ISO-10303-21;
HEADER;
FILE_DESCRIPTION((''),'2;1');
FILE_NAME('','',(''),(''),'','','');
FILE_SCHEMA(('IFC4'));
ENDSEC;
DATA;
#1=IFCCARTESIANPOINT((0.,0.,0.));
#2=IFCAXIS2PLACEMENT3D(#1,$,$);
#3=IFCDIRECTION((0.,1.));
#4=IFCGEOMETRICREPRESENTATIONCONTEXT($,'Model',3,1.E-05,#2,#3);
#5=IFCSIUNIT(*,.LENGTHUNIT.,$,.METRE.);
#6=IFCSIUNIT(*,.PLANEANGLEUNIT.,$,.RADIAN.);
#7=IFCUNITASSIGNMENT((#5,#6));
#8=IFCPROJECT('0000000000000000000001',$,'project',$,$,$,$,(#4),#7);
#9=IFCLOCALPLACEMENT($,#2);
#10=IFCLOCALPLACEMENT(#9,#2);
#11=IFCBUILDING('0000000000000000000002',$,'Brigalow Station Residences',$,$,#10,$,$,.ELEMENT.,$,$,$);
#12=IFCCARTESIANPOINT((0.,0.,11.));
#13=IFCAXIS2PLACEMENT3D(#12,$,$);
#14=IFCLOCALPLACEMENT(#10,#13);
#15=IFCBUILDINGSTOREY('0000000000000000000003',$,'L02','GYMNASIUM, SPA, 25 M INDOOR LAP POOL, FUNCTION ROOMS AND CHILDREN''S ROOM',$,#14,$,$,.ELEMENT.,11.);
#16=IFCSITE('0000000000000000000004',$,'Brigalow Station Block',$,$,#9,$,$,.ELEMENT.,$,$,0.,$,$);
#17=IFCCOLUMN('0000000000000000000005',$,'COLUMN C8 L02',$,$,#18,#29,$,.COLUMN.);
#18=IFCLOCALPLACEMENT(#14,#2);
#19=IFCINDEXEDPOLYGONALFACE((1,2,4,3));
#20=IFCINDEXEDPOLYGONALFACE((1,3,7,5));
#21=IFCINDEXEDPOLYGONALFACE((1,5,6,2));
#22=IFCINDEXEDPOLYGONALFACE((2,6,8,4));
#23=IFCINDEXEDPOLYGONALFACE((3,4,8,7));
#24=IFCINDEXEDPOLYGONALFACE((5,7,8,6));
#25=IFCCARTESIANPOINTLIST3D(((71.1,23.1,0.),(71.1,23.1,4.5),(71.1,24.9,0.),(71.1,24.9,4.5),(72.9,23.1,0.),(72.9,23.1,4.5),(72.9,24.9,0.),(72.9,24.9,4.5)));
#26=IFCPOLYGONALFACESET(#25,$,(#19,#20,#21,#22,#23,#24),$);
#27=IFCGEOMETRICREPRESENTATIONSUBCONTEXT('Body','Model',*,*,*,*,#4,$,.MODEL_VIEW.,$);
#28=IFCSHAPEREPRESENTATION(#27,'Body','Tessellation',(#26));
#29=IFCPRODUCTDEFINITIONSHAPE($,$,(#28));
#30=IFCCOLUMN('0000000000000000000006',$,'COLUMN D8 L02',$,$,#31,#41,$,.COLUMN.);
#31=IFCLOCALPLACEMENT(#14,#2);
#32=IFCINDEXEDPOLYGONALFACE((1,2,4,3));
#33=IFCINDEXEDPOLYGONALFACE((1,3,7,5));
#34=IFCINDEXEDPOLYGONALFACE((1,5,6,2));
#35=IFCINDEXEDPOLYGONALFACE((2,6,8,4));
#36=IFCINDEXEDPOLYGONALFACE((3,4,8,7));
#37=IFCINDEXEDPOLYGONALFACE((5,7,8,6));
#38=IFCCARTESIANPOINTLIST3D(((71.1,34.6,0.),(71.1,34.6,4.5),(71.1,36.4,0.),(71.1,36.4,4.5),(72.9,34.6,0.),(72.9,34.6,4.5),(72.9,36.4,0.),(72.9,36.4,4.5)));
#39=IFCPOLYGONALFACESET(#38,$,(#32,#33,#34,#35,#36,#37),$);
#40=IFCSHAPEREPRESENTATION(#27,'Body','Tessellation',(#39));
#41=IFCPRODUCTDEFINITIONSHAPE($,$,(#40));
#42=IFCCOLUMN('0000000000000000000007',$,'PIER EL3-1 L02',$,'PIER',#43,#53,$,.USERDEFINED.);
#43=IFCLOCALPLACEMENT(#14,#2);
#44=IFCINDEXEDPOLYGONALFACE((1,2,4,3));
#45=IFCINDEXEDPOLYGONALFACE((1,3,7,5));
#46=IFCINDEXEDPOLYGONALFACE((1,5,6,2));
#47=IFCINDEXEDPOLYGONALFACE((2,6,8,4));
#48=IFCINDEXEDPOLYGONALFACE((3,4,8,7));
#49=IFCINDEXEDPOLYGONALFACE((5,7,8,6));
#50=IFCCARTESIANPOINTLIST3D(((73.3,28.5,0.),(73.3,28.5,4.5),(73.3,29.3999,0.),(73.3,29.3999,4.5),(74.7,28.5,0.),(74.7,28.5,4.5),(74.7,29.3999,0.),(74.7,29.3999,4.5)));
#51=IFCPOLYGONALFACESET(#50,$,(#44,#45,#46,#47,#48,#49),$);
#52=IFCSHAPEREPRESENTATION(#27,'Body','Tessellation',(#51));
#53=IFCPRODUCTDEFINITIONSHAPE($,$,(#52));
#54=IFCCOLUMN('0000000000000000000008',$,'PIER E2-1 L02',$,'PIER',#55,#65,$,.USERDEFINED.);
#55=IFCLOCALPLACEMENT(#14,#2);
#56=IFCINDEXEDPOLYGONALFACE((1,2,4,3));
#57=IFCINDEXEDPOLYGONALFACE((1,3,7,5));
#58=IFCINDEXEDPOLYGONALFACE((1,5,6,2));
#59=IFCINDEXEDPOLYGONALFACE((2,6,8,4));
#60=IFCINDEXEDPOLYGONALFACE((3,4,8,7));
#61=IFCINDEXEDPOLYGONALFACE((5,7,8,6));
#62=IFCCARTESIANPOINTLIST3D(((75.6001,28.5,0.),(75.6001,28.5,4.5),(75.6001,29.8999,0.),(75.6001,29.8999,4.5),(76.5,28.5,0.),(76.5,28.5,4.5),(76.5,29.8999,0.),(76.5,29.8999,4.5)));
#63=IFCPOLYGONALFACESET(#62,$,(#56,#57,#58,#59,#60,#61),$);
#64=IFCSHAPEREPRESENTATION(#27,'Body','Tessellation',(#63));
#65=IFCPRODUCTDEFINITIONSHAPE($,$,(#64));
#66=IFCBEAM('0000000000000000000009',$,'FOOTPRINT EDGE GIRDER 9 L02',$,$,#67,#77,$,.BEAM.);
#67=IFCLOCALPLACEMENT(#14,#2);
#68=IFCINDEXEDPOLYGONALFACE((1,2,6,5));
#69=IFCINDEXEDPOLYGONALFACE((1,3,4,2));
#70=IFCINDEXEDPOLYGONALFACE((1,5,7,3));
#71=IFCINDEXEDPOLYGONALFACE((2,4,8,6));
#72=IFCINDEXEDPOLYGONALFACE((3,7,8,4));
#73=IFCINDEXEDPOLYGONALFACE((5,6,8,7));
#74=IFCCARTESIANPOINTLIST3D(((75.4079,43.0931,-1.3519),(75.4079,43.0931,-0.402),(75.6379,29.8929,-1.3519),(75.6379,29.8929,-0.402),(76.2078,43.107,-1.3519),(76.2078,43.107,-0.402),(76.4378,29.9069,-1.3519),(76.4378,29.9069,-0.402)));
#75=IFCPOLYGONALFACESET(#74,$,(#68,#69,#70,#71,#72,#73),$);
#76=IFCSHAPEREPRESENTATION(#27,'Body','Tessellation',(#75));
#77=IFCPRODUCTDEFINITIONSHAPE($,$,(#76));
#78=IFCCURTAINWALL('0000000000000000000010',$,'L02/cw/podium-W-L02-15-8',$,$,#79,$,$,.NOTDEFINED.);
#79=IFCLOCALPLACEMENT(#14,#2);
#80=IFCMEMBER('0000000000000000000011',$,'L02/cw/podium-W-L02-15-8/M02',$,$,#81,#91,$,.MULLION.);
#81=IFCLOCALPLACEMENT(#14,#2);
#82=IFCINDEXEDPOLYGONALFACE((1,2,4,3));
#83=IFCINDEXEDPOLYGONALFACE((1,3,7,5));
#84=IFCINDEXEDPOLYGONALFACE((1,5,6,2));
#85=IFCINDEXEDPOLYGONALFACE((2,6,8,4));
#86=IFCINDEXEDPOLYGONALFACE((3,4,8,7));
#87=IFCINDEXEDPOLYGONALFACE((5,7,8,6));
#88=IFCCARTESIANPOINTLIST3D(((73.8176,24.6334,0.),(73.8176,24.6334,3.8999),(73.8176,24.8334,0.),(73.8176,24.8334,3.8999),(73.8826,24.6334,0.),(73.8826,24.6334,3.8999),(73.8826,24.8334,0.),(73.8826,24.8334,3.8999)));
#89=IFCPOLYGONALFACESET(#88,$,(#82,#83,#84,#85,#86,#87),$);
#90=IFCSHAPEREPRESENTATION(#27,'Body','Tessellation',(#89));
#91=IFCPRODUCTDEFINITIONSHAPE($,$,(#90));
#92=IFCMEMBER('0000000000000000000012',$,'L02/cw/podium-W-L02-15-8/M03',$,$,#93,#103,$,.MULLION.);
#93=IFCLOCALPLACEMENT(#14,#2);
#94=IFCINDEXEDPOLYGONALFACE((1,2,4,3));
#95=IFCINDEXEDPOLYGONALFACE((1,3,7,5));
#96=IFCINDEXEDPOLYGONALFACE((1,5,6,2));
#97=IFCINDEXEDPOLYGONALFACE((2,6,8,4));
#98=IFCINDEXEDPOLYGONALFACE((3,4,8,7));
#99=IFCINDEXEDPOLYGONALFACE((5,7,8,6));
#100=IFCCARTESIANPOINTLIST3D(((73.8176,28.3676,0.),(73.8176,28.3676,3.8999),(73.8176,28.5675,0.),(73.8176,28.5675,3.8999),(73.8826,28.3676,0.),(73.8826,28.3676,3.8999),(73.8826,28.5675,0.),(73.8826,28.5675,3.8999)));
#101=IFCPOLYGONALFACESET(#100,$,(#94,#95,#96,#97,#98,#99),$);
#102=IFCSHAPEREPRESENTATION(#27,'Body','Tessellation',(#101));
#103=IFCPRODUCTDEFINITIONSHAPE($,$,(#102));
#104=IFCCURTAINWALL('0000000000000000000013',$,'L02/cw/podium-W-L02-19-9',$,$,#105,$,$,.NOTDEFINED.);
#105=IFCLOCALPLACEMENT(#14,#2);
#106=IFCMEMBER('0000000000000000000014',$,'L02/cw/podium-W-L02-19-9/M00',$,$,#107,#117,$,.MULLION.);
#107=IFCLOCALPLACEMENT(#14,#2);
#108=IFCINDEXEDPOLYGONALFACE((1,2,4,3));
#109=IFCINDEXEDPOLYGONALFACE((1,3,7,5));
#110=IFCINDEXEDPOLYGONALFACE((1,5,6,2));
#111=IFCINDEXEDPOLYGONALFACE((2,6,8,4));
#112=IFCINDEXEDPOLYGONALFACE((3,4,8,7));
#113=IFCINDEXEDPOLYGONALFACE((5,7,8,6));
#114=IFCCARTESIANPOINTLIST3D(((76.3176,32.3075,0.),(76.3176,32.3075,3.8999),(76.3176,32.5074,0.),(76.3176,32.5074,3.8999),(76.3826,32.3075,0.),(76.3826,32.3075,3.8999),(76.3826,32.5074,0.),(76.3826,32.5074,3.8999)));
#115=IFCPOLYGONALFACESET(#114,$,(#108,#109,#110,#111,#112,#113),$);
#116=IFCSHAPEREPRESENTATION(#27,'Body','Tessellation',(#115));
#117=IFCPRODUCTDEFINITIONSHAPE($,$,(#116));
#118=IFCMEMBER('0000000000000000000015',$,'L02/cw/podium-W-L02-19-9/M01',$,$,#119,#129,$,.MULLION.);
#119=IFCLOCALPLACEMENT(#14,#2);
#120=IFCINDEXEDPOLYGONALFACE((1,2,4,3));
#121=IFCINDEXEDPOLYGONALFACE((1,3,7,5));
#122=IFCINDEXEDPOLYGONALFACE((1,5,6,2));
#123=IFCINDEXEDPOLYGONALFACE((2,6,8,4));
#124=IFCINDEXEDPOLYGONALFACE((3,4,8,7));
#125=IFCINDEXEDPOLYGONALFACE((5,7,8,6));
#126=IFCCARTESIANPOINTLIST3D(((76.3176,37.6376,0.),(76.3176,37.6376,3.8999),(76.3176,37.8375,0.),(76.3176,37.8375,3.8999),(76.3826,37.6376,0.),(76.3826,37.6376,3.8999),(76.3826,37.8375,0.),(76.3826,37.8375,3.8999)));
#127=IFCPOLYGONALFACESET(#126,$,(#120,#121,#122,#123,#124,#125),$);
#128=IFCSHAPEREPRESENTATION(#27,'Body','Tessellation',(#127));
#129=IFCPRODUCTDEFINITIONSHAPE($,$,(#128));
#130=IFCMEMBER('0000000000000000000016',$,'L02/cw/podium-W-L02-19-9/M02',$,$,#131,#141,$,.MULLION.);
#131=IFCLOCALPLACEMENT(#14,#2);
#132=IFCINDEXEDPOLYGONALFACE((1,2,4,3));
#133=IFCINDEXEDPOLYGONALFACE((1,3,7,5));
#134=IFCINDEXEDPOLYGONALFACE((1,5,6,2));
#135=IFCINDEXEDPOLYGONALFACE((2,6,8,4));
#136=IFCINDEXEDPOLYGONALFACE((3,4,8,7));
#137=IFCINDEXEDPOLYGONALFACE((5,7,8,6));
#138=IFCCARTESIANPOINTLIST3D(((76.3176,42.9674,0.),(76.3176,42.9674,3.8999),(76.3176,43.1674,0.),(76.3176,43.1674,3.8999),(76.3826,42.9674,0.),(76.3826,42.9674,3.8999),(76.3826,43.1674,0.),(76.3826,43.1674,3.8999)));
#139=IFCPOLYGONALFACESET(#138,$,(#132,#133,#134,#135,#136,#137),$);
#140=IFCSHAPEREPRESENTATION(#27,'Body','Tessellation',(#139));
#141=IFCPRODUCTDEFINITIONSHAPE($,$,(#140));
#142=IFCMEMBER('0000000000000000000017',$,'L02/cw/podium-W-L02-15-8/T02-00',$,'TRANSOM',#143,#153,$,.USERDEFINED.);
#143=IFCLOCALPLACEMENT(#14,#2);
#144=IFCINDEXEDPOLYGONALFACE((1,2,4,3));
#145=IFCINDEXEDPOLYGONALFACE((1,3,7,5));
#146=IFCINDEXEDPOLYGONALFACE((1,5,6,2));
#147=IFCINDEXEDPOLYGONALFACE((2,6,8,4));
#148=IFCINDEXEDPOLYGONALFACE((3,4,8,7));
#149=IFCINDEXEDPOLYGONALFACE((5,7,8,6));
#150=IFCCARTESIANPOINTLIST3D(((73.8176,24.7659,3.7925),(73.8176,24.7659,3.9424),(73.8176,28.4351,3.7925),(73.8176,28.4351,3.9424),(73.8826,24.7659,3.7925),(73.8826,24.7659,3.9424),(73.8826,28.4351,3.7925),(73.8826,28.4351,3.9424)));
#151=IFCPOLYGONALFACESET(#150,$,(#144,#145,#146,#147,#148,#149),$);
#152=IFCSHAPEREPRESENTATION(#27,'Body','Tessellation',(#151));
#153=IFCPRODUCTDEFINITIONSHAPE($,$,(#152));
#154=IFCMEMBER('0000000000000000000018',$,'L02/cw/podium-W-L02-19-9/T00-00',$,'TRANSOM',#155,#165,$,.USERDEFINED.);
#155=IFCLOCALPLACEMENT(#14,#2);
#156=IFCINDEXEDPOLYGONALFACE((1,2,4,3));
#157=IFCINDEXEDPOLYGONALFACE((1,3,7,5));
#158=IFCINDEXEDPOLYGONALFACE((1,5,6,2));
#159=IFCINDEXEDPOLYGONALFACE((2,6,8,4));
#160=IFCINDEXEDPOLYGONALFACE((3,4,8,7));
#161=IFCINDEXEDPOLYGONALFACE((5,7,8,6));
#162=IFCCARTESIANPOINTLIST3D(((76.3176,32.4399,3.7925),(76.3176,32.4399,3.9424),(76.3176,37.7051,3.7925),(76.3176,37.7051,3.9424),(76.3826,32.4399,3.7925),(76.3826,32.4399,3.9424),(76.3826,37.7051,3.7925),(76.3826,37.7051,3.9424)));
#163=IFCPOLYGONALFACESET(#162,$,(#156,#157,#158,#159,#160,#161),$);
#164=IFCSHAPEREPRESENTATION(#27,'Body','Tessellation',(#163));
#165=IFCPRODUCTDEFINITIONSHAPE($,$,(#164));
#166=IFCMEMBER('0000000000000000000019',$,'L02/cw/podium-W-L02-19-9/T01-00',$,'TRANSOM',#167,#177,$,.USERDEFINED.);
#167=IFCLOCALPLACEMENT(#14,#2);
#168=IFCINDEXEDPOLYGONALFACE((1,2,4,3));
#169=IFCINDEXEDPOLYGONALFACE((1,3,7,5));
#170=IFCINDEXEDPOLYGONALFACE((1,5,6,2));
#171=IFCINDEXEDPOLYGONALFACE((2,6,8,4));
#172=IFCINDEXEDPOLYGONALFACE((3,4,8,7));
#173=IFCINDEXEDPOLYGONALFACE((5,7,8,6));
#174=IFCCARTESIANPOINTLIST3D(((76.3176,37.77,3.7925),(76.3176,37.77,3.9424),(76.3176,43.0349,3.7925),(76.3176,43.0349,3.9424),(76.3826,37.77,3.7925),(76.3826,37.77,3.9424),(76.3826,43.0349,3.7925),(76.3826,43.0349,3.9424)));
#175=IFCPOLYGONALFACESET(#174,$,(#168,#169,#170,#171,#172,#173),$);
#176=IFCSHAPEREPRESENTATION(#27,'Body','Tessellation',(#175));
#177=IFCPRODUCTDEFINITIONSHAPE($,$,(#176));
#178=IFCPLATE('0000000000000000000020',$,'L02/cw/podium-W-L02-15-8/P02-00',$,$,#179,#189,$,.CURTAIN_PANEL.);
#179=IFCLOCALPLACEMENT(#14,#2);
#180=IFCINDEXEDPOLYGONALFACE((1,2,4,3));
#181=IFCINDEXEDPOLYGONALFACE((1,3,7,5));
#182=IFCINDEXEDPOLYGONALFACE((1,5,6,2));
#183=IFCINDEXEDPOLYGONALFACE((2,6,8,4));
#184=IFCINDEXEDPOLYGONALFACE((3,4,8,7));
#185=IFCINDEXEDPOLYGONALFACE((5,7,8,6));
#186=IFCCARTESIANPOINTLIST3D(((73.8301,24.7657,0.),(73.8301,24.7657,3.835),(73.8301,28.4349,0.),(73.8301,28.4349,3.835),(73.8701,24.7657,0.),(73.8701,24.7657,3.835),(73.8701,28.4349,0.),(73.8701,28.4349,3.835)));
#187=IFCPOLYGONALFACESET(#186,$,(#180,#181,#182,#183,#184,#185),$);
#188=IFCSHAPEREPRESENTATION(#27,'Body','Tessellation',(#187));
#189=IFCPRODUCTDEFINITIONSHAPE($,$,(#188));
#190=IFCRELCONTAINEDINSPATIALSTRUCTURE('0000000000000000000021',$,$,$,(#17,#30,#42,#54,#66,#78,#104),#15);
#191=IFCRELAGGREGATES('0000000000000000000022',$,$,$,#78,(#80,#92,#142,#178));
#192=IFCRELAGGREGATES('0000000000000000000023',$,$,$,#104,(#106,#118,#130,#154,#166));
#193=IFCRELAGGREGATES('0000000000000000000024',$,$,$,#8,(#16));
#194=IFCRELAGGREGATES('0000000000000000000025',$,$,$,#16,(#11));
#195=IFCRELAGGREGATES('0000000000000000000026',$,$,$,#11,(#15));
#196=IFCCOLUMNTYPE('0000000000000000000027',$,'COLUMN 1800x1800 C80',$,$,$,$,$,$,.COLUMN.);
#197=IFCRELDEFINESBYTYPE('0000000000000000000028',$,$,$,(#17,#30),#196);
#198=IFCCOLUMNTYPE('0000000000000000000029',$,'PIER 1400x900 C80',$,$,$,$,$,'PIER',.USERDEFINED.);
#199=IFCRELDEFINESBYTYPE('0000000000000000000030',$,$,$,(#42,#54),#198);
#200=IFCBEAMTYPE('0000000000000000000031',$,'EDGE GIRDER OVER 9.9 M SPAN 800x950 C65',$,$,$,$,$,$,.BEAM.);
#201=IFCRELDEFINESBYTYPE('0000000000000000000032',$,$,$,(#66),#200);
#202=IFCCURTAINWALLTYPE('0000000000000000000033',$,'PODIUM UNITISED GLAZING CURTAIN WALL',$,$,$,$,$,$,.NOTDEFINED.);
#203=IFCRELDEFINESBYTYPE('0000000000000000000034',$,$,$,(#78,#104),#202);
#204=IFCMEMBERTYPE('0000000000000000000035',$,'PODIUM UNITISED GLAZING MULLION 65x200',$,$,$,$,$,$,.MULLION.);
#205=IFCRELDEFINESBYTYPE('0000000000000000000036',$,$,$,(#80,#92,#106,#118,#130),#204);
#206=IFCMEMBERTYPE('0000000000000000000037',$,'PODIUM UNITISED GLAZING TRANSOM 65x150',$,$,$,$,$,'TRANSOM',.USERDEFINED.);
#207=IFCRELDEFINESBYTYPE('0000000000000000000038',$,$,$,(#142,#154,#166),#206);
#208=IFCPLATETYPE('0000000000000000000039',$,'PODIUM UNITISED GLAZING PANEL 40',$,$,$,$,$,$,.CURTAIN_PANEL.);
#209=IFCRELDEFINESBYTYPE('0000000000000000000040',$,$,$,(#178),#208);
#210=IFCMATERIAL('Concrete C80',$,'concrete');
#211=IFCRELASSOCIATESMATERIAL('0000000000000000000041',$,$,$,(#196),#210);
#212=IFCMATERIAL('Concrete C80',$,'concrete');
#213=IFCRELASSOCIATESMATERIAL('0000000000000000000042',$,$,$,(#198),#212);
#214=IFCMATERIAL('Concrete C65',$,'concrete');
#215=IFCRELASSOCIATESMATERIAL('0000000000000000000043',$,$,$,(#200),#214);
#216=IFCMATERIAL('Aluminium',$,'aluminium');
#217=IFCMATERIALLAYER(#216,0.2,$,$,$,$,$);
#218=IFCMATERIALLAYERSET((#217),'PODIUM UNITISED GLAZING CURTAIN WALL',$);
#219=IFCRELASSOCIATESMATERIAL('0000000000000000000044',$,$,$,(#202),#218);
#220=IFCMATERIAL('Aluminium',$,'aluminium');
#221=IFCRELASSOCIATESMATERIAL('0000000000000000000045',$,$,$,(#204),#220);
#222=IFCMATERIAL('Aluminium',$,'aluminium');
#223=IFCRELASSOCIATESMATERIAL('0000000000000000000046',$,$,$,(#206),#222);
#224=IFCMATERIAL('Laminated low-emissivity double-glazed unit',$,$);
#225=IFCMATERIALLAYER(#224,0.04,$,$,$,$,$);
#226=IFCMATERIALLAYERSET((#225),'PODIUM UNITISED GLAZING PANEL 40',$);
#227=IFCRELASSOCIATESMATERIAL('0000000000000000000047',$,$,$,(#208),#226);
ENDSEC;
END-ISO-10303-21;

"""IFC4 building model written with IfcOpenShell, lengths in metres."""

from ifc_helpers import new_model, si_unit, direction, frame, origin, origin_2d, place, context, subcontext, project, spatial, rectangle, extrude, material, layer, layer_set, material_profile, profile_set, type_object, element, aggregate, save


model = new_model("IFC4")

# Units and contexts
model_context = context("Model", 3, precision=1e-05, world=origin(), true_north=direction((0.0, 1.0)))
body_context = subcontext(model_context, "Body", "Model", "MODEL_VIEW")
ifc_project = project(units=[si_unit("LENGTHUNIT", "METRE"), si_unit("PLANEANGLEUNIT", "RADIAN")], contexts=[model_context])

# Site, building, storey
site_placement = place(None, origin())
site = spatial("IfcSite", under=ifc_project, at=site_placement, Name="Brigalow Station Block", CompositionType="ELEMENT", RefElevation=0.0)
building_placement = place(site_placement, origin())
building = spatial("IfcBuilding", under=site, at=building_placement, Name="Brigalow Station Residences", CompositionType="ELEMENT")
storey_placement = place(building_placement, frame((0.0, 0.0, 11.0)))
storey = spatial("IfcBuildingStorey", under=building, at=storey_placement, Name="L02", Description="GYMNASIUM, SPA, 25 M INDOOR LAP POOL, FUNCTION ROOMS AND CHILDREN'S ROOM", CompositionType="ELEMENT", Elevation=11.0)

# Columns
ifc_material_1 = material(Name="Concrete C80", Category="concrete")
ifc_material_profile_1 = material_profile(ifc_material_1, rectangle(XDim=1.8, YDim=1.8, at=origin_2d()), Name="RC1800x1800")
ifc_profile_set_1 = profile_set([ifc_material_profile_1], Name="Concrete C80")
column_type_1 = type_object("IfcColumnType", Name="COLUMN 1800x1800 C80", PredefinedType="COLUMN", material=ifc_profile_set_1)
for number, where, z_axis, x_axis, name in (
    (1, (72.0, 24.0, 0.0), (0.0, 0.0, 1.0), (1.0, 0.0, 0.0), "COLUMN C8 L02"),
    (2, (72.0, 35.5, 0.0), (0.0, 0.0, 1.0), (1.0, 0.0, 0.0), "COLUMN D8 L02"),
):
    element("IfcColumn", number, at=place(storey_placement, frame(where, z_axis=z_axis, x_axis=x_axis)), inside=storey, type_object=column_type_1, Name=name, PredefinedType="COLUMN", context=body_context, shape_type="SweptSolid", body=[
        extrude(rectangle(XDim=1.8, YDim=1.8, at=origin_2d()), origin(), (0.0, 0.0, 1.0), 4.5),
    ])
ifc_material_2 = material(Name="Concrete C80", Category="concrete")
ifc_material_profile_2 = material_profile(ifc_material_2, rectangle(XDim=1.3999, YDim=0.8999, at=origin_2d()), Name="RC1400x900")
ifc_profile_set_2 = profile_set([ifc_material_profile_2], Name="Concrete C80")
column_type_2 = type_object("IfcColumnType", Name="PIER 1400x900 C80", ElementType="PIER", PredefinedType="USERDEFINED", material=ifc_profile_set_2)
for number, where, z_axis, x_axis, name in (
    (3, (74.0, 28.95, 0.0), (0.0, 0.0, 1.0), (1.0, 0.0, 0.0), "PIER EL3-1 L02"),
    (4, (76.05, 29.2, 0.0), (0.0, 0.0, 1.0), (0.0, 1.0, 0.0), "PIER E2-1 L02"),
):
    element("IfcColumn", number, at=place(storey_placement, frame(where, z_axis=z_axis, x_axis=x_axis)), inside=storey, type_object=column_type_2, Name=name, ObjectType="PIER", PredefinedType="USERDEFINED", context=body_context, shape_type="SweptSolid", body=[
        extrude(rectangle(XDim=1.3999, YDim=0.8999, at=origin_2d()), origin(), (0.0, 0.0, 1.0), 4.5),
    ])

# Beam
ifc_material_3 = material(Name="Concrete C65", Category="concrete")
ifc_material_profile_3 = material_profile(ifc_material_3, rectangle(XDim=0.8, YDim=0.95, at=origin_2d()), Name="RC800x950")
ifc_profile_set_3 = profile_set([ifc_material_profile_3], Name="Concrete C65")
beam_type = type_object("IfcBeamType", Name="EDGE GIRDER OVER 9.9 M SPAN 800x950 C65", PredefinedType="BEAM", material=ifc_profile_set_3)
beam_placement = place(storey_placement, frame((76.0378, 29.8999, -0.877), z_axis=(-0.01742, 0.999848, 0.0), x_axis=(-0.999848, -0.01742, 0.0)))
element("IfcBeam", 5, at=beam_placement, inside=storey, type_object=beam_type, Name="FOOTPRINT EDGE GIRDER 9 L02", PredefinedType="BEAM", context=body_context, shape_type="SweptSolid", body=[
    extrude(rectangle(XDim=0.8, YDim=0.95, at=origin_2d()), origin(), (0.0, 0.0, 1.0), 13.2021),
])

# Curtain walls, members
ifc_material_4 = material(Name="Aluminium", Category="aluminium")
ifc_layer_1 = layer(ifc_material_4, 0.2)
ifc_layer_set_1 = layer_set([ifc_layer_1], Name="PODIUM UNITISED GLAZING CURTAIN WALL")
curtain_wall_type = type_object("IfcCurtainWallType", Name="PODIUM UNITISED GLAZING CURTAIN WALL", PredefinedType="NOTDEFINED", material=ifc_layer_set_1)
curtain_wall_1_placement = place(storey_placement, origin())
curtain_wall_1 = element("IfcCurtainWall", 6, at=curtain_wall_1_placement, inside=storey, type_object=curtain_wall_type, Name="L02/cw/podium-W-L02-15-8", PredefinedType="NOTDEFINED")
ifc_material_5 = material(Name="Aluminium", Category="aluminium")
ifc_material_profile_4 = material_profile(ifc_material_5, rectangle(XDim=0.0649, YDim=0.2, at=origin_2d()), Name="PODIUM UNITISED GLAZING MULLION 65x200")
ifc_profile_set_4 = profile_set([ifc_material_profile_4], Name="Aluminium")
member_type_1 = type_object("IfcMemberType", Name="PODIUM UNITISED GLAZING MULLION 65x200", PredefinedType="MULLION", material=ifc_profile_set_4)
member_1_placement = place(storey_placement, frame((73.8501, 24.7334, 0.0), z_axis=(0.0, 0.0, 1.0), x_axis=(-1.0, 0.0, 0.0)))
member_1 = element("IfcMember", 7, at=member_1_placement, type_object=member_type_1, Name="L02/cw/podium-W-L02-15-8/M02", PredefinedType="MULLION", context=body_context, shape_type="SweptSolid", body=[
    extrude(rectangle(XDim=0.0649, YDim=0.2, at=origin_2d()), origin(), (0.0, 0.0, 1.0), 3.8999),
])
member_2_placement = place(storey_placement, frame((73.8501, 28.4675, 0.0), z_axis=(0.0, 0.0, 1.0), x_axis=(-1.0, 0.0, 0.0)))
member_2 = element("IfcMember", 8, at=member_2_placement, type_object=member_type_1, Name="L02/cw/podium-W-L02-15-8/M03", PredefinedType="MULLION", context=body_context, shape_type="SweptSolid", body=[
    extrude(rectangle(XDim=0.0649, YDim=0.2, at=origin_2d()), origin(), (0.0, 0.0, 1.0), 3.8999),
])
curtain_wall_2_placement = place(storey_placement, origin())
curtain_wall_2 = element("IfcCurtainWall", 9, at=curtain_wall_2_placement, inside=storey, type_object=curtain_wall_type, Name="L02/cw/podium-W-L02-19-9", PredefinedType="NOTDEFINED")
member_3_placement = place(storey_placement, frame((76.3501, 32.4075, 0.0), z_axis=(0.0, 0.0, 1.0), x_axis=(-1.0, 0.0, 0.0)))
member_3 = element("IfcMember", 10, at=member_3_placement, type_object=member_type_1, Name="L02/cw/podium-W-L02-19-9/M00", PredefinedType="MULLION", context=body_context, shape_type="SweptSolid", body=[
    extrude(rectangle(XDim=0.0649, YDim=0.2, at=origin_2d()), origin(), (0.0, 0.0, 1.0), 3.8999),
])
member_4_placement = place(storey_placement, frame((76.3501, 37.7375, 0.0), z_axis=(0.0, 0.0, 1.0), x_axis=(-1.0, 0.0, 0.0)))
member_4 = element("IfcMember", 11, at=member_4_placement, type_object=member_type_1, Name="L02/cw/podium-W-L02-19-9/M01", PredefinedType="MULLION", context=body_context, shape_type="SweptSolid", body=[
    extrude(rectangle(XDim=0.0649, YDim=0.2, at=origin_2d()), origin(), (0.0, 0.0, 1.0), 3.8999),
])
member_5_placement = place(storey_placement, frame((76.3501, 43.0674, 0.0), z_axis=(0.0, 0.0, 1.0), x_axis=(-1.0, 0.0, 0.0)))
member_5 = element("IfcMember", 12, at=member_5_placement, type_object=member_type_1, Name="L02/cw/podium-W-L02-19-9/M02", PredefinedType="MULLION", context=body_context, shape_type="SweptSolid", body=[
    extrude(rectangle(XDim=0.0649, YDim=0.2, at=origin_2d()), origin(), (0.0, 0.0, 1.0), 3.8999),
])

# Members
ifc_material_6 = material(Name="Aluminium", Category="aluminium")
ifc_material_profile_5 = material_profile(ifc_material_6, rectangle(XDim=0.0649, YDim=0.1499, at=origin_2d()), Name="PODIUM UNITISED GLAZING TRANSOM 65x150")
ifc_profile_set_5 = profile_set([ifc_material_profile_5], Name="Aluminium")
member_type_2 = type_object("IfcMemberType", Name="PODIUM UNITISED GLAZING TRANSOM 65x150", ElementType="TRANSOM", PredefinedType="USERDEFINED", material=ifc_profile_set_5)
member_6_placement = place(storey_placement, frame((73.8501, 24.7659, 3.8674), z_axis=(0.0, 1.0, 0.0), x_axis=(-1.0, 0.0, 0.0)))
member_6 = element("IfcMember", 13, at=member_6_placement, type_object=member_type_2, Name="L02/cw/podium-W-L02-15-8/T02-00", ObjectType="TRANSOM", PredefinedType="USERDEFINED", context=body_context, shape_type="SweptSolid", body=[
    extrude(rectangle(XDim=0.0649, YDim=0.1499, at=origin_2d()), origin(), (0.0, 0.0, 1.0), 3.6692),
])
member_7_placement = place(storey_placement, frame((76.3501, 32.4399, 3.8674), z_axis=(0.0, 1.0, 0.0), x_axis=(-1.0, 0.0, 0.0)))
member_7 = element("IfcMember", 14, at=member_7_placement, type_object=member_type_2, Name="L02/cw/podium-W-L02-19-9/T00-00", ObjectType="TRANSOM", PredefinedType="USERDEFINED", context=body_context, shape_type="SweptSolid", body=[
    extrude(rectangle(XDim=0.0649, YDim=0.1499, at=origin_2d()), origin(), (0.0, 0.0, 1.0), 5.2651),
])
member_8_placement = place(storey_placement, frame((76.3501, 37.77, 3.8674), z_axis=(0.0, 1.0, 0.0), x_axis=(-1.0, 0.0, 0.0)))
member_8 = element("IfcMember", 15, at=member_8_placement, type_object=member_type_2, Name="L02/cw/podium-W-L02-19-9/T01-00", ObjectType="TRANSOM", PredefinedType="USERDEFINED", context=body_context, shape_type="SweptSolid", body=[
    extrude(rectangle(XDim=0.0649, YDim=0.1499, at=origin_2d()), origin(), (0.0, 0.0, 1.0), 5.2649),
])

# Plate
ifc_material_7 = material(Name="Laminated low-emissivity double-glazed unit")
ifc_layer_2 = layer(ifc_material_7, 0.04)
ifc_layer_set_2 = layer_set([ifc_layer_2], Name="PODIUM UNITISED GLAZING PANEL 40")
plate_type = type_object("IfcPlateType", Name="PODIUM UNITISED GLAZING PANEL 40", PredefinedType="CURTAIN_PANEL", material=ifc_layer_set_2)
plate_1_placement = place(storey_placement, frame((73.8501, 26.6003, 0.0), z_axis=(0.0, 0.0, 1.0), x_axis=(0.0, 1.0, 0.0)))
plate_1 = element("IfcPlate", 16, at=plate_1_placement, type_object=plate_type, Name="L02/cw/podium-W-L02-15-8/P02-00", PredefinedType="CURTAIN_PANEL", context=body_context, shape_type="SweptSolid", body=[
    extrude(rectangle(XDim=3.6692, YDim=0.04, at=origin_2d()), origin(), (0.0, 0.0, 1.0), 3.835),
])
aggregate(curtain_wall_1, [member_1, member_2, member_6, plate_1])
aggregate(curtain_wall_2, [member_3, member_4, member_5, member_7, member_8])

save(model, "model.ifc")
